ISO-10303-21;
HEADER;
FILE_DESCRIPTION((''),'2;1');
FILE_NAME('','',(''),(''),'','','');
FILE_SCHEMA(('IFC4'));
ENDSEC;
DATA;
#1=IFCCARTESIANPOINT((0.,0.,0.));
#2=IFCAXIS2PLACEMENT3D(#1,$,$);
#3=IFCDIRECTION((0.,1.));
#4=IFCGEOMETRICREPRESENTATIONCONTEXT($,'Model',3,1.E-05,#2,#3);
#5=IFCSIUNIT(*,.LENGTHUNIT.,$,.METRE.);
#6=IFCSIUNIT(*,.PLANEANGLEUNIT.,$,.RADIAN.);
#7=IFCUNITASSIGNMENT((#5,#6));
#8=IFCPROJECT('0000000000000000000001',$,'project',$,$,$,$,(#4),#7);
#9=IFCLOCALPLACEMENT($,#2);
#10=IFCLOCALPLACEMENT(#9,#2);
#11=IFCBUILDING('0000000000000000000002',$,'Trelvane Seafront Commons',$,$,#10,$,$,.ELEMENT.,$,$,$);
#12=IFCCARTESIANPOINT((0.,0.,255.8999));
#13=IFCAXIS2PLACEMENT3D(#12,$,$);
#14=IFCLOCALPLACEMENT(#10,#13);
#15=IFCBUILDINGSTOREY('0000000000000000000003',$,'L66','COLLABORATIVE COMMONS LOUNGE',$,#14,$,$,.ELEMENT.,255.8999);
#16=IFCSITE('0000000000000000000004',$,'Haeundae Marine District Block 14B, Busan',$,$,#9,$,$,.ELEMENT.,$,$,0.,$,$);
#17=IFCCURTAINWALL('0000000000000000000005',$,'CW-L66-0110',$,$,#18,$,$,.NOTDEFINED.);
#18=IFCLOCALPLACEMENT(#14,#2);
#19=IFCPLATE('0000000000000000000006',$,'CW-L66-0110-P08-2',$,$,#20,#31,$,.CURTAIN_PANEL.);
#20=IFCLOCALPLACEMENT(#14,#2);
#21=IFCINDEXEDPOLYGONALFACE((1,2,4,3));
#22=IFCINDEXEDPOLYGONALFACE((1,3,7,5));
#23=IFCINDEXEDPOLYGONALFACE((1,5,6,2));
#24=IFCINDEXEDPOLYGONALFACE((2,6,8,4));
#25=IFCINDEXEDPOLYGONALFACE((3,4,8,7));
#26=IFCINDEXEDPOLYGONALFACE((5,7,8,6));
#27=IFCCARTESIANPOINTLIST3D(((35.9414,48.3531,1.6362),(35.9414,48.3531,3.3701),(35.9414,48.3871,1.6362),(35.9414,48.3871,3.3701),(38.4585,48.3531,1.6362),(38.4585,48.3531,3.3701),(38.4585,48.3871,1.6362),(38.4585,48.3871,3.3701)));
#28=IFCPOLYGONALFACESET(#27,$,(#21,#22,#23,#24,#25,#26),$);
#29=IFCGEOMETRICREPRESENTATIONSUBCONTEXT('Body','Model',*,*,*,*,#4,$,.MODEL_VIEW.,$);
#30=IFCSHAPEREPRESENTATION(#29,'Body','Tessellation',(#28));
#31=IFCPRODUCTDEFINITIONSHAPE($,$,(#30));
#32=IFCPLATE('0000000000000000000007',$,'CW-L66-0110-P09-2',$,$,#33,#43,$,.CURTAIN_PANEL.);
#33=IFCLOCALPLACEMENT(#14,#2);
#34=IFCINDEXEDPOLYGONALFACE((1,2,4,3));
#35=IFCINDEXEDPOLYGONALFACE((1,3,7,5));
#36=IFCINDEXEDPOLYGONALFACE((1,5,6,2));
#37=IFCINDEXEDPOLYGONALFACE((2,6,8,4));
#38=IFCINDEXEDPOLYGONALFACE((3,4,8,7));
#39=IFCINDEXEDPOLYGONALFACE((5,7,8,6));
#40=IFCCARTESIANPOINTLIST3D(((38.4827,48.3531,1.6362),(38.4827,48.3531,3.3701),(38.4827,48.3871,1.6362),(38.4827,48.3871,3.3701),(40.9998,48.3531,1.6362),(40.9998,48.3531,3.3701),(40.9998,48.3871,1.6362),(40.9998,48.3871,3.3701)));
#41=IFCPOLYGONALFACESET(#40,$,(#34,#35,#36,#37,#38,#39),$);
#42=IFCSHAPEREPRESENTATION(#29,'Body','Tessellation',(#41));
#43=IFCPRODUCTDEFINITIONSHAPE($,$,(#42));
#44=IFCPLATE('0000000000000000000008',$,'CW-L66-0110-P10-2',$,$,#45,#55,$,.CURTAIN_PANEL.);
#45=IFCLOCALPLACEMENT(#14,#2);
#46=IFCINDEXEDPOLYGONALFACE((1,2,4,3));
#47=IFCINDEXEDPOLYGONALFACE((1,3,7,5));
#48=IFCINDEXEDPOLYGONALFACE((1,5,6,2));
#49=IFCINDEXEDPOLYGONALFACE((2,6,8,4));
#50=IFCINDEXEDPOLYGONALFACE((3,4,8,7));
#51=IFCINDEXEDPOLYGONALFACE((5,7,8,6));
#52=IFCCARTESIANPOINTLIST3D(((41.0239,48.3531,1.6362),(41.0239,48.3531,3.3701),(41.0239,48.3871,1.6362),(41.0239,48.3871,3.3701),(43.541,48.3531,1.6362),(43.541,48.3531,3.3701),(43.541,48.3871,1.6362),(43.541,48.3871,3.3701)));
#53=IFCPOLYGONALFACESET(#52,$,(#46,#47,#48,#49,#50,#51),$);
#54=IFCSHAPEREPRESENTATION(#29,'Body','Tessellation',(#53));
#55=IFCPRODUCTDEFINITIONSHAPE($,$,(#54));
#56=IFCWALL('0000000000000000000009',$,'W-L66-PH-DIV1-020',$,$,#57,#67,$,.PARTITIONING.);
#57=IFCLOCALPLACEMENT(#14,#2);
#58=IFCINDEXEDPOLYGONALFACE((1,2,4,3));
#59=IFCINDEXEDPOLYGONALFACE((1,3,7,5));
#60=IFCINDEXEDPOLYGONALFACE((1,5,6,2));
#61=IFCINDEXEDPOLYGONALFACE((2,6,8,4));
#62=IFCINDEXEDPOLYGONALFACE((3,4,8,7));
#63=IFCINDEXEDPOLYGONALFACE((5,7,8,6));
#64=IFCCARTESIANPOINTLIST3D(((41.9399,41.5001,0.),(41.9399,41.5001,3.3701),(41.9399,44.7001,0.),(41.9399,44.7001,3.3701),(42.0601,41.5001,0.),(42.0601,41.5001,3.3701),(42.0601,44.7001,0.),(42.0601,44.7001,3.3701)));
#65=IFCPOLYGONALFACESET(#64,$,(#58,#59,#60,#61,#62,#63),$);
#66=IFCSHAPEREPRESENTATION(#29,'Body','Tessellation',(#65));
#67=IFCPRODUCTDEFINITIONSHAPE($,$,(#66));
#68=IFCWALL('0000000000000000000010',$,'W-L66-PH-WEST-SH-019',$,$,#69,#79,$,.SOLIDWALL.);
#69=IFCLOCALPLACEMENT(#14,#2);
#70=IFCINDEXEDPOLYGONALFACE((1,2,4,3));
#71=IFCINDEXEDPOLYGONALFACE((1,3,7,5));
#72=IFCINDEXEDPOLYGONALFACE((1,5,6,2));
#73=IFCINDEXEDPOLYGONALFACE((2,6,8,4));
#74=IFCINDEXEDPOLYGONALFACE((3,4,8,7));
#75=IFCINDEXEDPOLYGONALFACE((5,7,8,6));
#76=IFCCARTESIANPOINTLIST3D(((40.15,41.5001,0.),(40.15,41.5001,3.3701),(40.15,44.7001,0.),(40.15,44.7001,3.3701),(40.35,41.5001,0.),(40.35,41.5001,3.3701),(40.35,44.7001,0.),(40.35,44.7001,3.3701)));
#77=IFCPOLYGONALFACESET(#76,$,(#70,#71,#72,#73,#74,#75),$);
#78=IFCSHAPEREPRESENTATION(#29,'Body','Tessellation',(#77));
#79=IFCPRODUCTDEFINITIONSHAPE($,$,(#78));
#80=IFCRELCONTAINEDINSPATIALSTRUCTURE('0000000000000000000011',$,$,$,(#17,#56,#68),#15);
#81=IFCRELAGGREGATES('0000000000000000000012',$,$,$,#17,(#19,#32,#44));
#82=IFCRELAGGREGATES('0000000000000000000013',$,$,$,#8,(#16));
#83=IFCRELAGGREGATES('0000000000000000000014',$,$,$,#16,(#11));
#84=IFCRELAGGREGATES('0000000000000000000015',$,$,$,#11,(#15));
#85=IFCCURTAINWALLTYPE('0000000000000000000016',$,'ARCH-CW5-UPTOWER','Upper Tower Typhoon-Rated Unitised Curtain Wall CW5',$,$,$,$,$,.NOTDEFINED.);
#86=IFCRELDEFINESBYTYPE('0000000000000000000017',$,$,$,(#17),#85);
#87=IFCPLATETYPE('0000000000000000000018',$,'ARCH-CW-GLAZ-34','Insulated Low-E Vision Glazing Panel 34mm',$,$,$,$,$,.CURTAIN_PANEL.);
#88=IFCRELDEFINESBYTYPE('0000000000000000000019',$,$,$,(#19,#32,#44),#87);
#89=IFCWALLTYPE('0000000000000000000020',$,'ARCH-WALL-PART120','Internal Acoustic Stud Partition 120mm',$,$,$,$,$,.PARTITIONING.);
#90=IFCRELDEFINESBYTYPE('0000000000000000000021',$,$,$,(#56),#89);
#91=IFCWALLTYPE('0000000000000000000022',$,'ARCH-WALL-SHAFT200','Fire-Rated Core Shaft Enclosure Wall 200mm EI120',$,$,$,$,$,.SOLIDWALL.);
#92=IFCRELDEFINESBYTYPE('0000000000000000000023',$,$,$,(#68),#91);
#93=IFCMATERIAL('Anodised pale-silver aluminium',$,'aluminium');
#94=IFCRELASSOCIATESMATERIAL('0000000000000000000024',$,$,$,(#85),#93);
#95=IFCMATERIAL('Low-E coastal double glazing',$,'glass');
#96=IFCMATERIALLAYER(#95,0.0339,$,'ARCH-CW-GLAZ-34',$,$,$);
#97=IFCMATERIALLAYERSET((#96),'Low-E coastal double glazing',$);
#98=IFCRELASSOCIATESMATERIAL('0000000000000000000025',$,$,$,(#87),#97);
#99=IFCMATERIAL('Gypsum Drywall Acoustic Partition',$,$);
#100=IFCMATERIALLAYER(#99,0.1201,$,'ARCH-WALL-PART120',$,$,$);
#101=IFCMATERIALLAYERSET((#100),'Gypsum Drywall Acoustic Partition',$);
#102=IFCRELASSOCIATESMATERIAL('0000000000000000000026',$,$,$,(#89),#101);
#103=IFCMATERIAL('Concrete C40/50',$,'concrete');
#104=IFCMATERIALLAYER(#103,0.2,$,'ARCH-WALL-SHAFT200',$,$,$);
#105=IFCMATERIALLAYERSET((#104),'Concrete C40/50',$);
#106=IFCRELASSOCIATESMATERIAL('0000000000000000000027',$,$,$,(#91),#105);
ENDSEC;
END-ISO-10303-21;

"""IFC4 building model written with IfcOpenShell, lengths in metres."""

from ifc_helpers import new_model, si_unit, direction, frame, frame_2d, origin, origin_2d, place, context, subcontext, project, spatial, rectangle, extrude, source, transform, mapped, material, layer, layer_set, type_object, element, aggregate, save


model = new_model("IFC4")

# Units and contexts
model_context = context("Model", 3, precision=1e-05, world=origin(), true_north=direction((0.0, 1.0)))
body_context = subcontext(model_context, "Body", "Model", "MODEL_VIEW")
ifc_project = project(units=[si_unit("LENGTHUNIT", "METRE"), si_unit("PLANEANGLEUNIT", "RADIAN")], contexts=[model_context])

# Site, building, storey
site_placement = place(None, origin())
site = spatial("IfcSite", under=ifc_project, at=site_placement, Name="Haeundae Marine District Block 14B, Busan", CompositionType="ELEMENT", RefElevation=0.0)
building_placement = place(site_placement, origin())
building = spatial("IfcBuilding", under=site, at=building_placement, Name="Trelvane Seafront Commons", CompositionType="ELEMENT")
storey_placement = place(building_placement, frame((0.0, 0.0, 255.8999)))
storey = spatial("IfcBuildingStorey", under=building, at=storey_placement, Name="L66", Description="COLLABORATIVE COMMONS LOUNGE", CompositionType="ELEMENT", Elevation=255.8999)

# Curtain wall
ifc_material_1 = material(Name="Anodised pale-silver aluminium", Category="aluminium")
curtain_wall_type = type_object("IfcCurtainWallType", Name="ARCH-CW5-UPTOWER", Description="Upper Tower Typhoon-Rated Unitised Curtain Wall CW5", PredefinedType="NOTDEFINED", material=ifc_material_1)
curtain_wall_placement = place(storey_placement, origin())
curtain_wall = element("IfcCurtainWall", 1, at=curtain_wall_placement, inside=storey, type_object=curtain_wall_type, Name="CW-L66-0110", PredefinedType="NOTDEFINED")

# Plates
ifc_material_2 = material(Name="Low-E coastal double glazing", Category="glass")
ifc_layer_1 = layer(ifc_material_2, 0.0339, Name="ARCH-CW-GLAZ-34")
ifc_layer_set_1 = layer_set([ifc_layer_1], Name="Low-E coastal double glazing")
plate_type_1 = type_object("IfcPlateType", Name="ARCH-CW-GLAZ-34", Description="Insulated Low-E Vision Glazing Panel 34mm", PredefinedType="CURTAIN_PANEL", material=ifc_layer_set_1)
shared_shape_1 = source(origin(), body_context, "Body", "SweptSolid", [
    extrude(rectangle(XDim=2.5171, YDim=0.0339, at=origin_2d()), origin(), (0.0, 0.0, 1.0), 1.7339),
])
plate_1_placement = place(storey_placement, frame((37.2, 48.3701, 1.6362), z_axis=(0.0, 0.0, 1.0), x_axis=(1.0, 0.0, 0.0)))
plate_1 = element("IfcPlate", 2, at=plate_1_placement, type_object=plate_type_1, Name="CW-L66-0110-P08-2", PredefinedType="CURTAIN_PANEL", context=body_context, shape_type="MappedRepresentation", body=[
    mapped(shared_shape_1, transform((0.0, 0.0, 0.0), x_axis=(1.0, 0.0, 0.0), y_axis=(0.0, 1.0, 0.0), z_axis=(0.0, 0.0, 1.0), scale=1.0)),
])
plate_2_placement = place(storey_placement, frame((39.7412, 48.3701, 1.6362), z_axis=(0.0, 0.0, 1.0), x_axis=(1.0, 0.0, 0.0)))
plate_2 = element("IfcPlate", 3, at=plate_2_placement, type_object=plate_type_1, Name="CW-L66-0110-P09-2", PredefinedType="CURTAIN_PANEL", context=body_context, shape_type="MappedRepresentation", body=[
    mapped(shared_shape_1, transform((0.0, 0.0, 0.0), x_axis=(1.0, 0.0, 0.0), y_axis=(0.0, 1.0, 0.0), z_axis=(0.0, 0.0, 1.0), scale=1.0)),
])
plate_3_placement = place(storey_placement, frame((42.2825, 48.3701, 1.6362), z_axis=(0.0, 0.0, 1.0), x_axis=(1.0, 0.0, 0.0)))
plate_3 = element("IfcPlate", 4, at=plate_3_placement, type_object=plate_type_1, Name="CW-L66-0110-P10-2", PredefinedType="CURTAIN_PANEL", context=body_context, shape_type="MappedRepresentation", body=[
    mapped(shared_shape_1, transform((0.0, 0.0, 0.0), x_axis=(1.0, 0.0, 0.0), y_axis=(0.0, 1.0, 0.0), z_axis=(0.0, 0.0, 1.0), scale=1.0)),
])
aggregate(curtain_wall, [plate_1, plate_2, plate_3])

# Wall
ifc_material_3 = material(Name="Gypsum Drywall Acoustic Partition")
ifc_layer_2 = layer(ifc_material_3, 0.1201, Name="ARCH-WALL-PART120")
ifc_layer_set_2 = layer_set([ifc_layer_2], Name="Gypsum Drywall Acoustic Partition")
wall_type_1 = type_object("IfcWallType", Name="ARCH-WALL-PART120", Description="Internal Acoustic Stud Partition 120mm", PredefinedType="PARTITIONING", material=ifc_layer_set_2)
wall_1_placement = place(storey_placement, frame((42.0, 41.5, 0.0), z_axis=(0.0, 0.0, 1.0), x_axis=(0.0, 1.0, 0.0)))
element("IfcWall", 5, at=wall_1_placement, inside=storey, type_object=wall_type_1, Name="W-L66-PH-DIV1-020", PredefinedType="PARTITIONING", context=body_context, shape_type="SweptSolid", body=[
    extrude(rectangle(XDim=3.2, YDim=0.1201, at=frame_2d((1.6001, 0.0))), origin(), (0.0, 0.0, 1.0), 3.3701),
])

# Shared definitions
ifc_material_4 = material(Name="Concrete C40/50", Category="concrete")
ifc_layer_3 = layer(ifc_material_4, 0.2, Name="ARCH-WALL-SHAFT200")
ifc_layer_set_3 = layer_set([ifc_layer_3], Name="Concrete C40/50")
wall_type_2 = type_object("IfcWallType", Name="ARCH-WALL-SHAFT200", Description="Fire-Rated Core Shaft Enclosure Wall 200mm EI120", PredefinedType="SOLIDWALL", material=ifc_layer_set_3)

# Wall
wall_2_placement = place(storey_placement, frame((40.25, 41.5, 0.0), z_axis=(0.0, 0.0, 1.0), x_axis=(0.0, 1.0, 0.0)))
element("IfcWall", 6, at=wall_2_placement, inside=storey, type_object=wall_type_2, Name="W-L66-PH-WEST-SH-019", PredefinedType="SOLIDWALL", context=body_context, shape_type="SweptSolid", body=[
    extrude(rectangle(XDim=3.2, YDim=0.2, at=frame_2d((1.6001, 0.0))), origin(), (0.0, 0.0, 1.0), 3.3701),
])

save(model, "model.ifc")
